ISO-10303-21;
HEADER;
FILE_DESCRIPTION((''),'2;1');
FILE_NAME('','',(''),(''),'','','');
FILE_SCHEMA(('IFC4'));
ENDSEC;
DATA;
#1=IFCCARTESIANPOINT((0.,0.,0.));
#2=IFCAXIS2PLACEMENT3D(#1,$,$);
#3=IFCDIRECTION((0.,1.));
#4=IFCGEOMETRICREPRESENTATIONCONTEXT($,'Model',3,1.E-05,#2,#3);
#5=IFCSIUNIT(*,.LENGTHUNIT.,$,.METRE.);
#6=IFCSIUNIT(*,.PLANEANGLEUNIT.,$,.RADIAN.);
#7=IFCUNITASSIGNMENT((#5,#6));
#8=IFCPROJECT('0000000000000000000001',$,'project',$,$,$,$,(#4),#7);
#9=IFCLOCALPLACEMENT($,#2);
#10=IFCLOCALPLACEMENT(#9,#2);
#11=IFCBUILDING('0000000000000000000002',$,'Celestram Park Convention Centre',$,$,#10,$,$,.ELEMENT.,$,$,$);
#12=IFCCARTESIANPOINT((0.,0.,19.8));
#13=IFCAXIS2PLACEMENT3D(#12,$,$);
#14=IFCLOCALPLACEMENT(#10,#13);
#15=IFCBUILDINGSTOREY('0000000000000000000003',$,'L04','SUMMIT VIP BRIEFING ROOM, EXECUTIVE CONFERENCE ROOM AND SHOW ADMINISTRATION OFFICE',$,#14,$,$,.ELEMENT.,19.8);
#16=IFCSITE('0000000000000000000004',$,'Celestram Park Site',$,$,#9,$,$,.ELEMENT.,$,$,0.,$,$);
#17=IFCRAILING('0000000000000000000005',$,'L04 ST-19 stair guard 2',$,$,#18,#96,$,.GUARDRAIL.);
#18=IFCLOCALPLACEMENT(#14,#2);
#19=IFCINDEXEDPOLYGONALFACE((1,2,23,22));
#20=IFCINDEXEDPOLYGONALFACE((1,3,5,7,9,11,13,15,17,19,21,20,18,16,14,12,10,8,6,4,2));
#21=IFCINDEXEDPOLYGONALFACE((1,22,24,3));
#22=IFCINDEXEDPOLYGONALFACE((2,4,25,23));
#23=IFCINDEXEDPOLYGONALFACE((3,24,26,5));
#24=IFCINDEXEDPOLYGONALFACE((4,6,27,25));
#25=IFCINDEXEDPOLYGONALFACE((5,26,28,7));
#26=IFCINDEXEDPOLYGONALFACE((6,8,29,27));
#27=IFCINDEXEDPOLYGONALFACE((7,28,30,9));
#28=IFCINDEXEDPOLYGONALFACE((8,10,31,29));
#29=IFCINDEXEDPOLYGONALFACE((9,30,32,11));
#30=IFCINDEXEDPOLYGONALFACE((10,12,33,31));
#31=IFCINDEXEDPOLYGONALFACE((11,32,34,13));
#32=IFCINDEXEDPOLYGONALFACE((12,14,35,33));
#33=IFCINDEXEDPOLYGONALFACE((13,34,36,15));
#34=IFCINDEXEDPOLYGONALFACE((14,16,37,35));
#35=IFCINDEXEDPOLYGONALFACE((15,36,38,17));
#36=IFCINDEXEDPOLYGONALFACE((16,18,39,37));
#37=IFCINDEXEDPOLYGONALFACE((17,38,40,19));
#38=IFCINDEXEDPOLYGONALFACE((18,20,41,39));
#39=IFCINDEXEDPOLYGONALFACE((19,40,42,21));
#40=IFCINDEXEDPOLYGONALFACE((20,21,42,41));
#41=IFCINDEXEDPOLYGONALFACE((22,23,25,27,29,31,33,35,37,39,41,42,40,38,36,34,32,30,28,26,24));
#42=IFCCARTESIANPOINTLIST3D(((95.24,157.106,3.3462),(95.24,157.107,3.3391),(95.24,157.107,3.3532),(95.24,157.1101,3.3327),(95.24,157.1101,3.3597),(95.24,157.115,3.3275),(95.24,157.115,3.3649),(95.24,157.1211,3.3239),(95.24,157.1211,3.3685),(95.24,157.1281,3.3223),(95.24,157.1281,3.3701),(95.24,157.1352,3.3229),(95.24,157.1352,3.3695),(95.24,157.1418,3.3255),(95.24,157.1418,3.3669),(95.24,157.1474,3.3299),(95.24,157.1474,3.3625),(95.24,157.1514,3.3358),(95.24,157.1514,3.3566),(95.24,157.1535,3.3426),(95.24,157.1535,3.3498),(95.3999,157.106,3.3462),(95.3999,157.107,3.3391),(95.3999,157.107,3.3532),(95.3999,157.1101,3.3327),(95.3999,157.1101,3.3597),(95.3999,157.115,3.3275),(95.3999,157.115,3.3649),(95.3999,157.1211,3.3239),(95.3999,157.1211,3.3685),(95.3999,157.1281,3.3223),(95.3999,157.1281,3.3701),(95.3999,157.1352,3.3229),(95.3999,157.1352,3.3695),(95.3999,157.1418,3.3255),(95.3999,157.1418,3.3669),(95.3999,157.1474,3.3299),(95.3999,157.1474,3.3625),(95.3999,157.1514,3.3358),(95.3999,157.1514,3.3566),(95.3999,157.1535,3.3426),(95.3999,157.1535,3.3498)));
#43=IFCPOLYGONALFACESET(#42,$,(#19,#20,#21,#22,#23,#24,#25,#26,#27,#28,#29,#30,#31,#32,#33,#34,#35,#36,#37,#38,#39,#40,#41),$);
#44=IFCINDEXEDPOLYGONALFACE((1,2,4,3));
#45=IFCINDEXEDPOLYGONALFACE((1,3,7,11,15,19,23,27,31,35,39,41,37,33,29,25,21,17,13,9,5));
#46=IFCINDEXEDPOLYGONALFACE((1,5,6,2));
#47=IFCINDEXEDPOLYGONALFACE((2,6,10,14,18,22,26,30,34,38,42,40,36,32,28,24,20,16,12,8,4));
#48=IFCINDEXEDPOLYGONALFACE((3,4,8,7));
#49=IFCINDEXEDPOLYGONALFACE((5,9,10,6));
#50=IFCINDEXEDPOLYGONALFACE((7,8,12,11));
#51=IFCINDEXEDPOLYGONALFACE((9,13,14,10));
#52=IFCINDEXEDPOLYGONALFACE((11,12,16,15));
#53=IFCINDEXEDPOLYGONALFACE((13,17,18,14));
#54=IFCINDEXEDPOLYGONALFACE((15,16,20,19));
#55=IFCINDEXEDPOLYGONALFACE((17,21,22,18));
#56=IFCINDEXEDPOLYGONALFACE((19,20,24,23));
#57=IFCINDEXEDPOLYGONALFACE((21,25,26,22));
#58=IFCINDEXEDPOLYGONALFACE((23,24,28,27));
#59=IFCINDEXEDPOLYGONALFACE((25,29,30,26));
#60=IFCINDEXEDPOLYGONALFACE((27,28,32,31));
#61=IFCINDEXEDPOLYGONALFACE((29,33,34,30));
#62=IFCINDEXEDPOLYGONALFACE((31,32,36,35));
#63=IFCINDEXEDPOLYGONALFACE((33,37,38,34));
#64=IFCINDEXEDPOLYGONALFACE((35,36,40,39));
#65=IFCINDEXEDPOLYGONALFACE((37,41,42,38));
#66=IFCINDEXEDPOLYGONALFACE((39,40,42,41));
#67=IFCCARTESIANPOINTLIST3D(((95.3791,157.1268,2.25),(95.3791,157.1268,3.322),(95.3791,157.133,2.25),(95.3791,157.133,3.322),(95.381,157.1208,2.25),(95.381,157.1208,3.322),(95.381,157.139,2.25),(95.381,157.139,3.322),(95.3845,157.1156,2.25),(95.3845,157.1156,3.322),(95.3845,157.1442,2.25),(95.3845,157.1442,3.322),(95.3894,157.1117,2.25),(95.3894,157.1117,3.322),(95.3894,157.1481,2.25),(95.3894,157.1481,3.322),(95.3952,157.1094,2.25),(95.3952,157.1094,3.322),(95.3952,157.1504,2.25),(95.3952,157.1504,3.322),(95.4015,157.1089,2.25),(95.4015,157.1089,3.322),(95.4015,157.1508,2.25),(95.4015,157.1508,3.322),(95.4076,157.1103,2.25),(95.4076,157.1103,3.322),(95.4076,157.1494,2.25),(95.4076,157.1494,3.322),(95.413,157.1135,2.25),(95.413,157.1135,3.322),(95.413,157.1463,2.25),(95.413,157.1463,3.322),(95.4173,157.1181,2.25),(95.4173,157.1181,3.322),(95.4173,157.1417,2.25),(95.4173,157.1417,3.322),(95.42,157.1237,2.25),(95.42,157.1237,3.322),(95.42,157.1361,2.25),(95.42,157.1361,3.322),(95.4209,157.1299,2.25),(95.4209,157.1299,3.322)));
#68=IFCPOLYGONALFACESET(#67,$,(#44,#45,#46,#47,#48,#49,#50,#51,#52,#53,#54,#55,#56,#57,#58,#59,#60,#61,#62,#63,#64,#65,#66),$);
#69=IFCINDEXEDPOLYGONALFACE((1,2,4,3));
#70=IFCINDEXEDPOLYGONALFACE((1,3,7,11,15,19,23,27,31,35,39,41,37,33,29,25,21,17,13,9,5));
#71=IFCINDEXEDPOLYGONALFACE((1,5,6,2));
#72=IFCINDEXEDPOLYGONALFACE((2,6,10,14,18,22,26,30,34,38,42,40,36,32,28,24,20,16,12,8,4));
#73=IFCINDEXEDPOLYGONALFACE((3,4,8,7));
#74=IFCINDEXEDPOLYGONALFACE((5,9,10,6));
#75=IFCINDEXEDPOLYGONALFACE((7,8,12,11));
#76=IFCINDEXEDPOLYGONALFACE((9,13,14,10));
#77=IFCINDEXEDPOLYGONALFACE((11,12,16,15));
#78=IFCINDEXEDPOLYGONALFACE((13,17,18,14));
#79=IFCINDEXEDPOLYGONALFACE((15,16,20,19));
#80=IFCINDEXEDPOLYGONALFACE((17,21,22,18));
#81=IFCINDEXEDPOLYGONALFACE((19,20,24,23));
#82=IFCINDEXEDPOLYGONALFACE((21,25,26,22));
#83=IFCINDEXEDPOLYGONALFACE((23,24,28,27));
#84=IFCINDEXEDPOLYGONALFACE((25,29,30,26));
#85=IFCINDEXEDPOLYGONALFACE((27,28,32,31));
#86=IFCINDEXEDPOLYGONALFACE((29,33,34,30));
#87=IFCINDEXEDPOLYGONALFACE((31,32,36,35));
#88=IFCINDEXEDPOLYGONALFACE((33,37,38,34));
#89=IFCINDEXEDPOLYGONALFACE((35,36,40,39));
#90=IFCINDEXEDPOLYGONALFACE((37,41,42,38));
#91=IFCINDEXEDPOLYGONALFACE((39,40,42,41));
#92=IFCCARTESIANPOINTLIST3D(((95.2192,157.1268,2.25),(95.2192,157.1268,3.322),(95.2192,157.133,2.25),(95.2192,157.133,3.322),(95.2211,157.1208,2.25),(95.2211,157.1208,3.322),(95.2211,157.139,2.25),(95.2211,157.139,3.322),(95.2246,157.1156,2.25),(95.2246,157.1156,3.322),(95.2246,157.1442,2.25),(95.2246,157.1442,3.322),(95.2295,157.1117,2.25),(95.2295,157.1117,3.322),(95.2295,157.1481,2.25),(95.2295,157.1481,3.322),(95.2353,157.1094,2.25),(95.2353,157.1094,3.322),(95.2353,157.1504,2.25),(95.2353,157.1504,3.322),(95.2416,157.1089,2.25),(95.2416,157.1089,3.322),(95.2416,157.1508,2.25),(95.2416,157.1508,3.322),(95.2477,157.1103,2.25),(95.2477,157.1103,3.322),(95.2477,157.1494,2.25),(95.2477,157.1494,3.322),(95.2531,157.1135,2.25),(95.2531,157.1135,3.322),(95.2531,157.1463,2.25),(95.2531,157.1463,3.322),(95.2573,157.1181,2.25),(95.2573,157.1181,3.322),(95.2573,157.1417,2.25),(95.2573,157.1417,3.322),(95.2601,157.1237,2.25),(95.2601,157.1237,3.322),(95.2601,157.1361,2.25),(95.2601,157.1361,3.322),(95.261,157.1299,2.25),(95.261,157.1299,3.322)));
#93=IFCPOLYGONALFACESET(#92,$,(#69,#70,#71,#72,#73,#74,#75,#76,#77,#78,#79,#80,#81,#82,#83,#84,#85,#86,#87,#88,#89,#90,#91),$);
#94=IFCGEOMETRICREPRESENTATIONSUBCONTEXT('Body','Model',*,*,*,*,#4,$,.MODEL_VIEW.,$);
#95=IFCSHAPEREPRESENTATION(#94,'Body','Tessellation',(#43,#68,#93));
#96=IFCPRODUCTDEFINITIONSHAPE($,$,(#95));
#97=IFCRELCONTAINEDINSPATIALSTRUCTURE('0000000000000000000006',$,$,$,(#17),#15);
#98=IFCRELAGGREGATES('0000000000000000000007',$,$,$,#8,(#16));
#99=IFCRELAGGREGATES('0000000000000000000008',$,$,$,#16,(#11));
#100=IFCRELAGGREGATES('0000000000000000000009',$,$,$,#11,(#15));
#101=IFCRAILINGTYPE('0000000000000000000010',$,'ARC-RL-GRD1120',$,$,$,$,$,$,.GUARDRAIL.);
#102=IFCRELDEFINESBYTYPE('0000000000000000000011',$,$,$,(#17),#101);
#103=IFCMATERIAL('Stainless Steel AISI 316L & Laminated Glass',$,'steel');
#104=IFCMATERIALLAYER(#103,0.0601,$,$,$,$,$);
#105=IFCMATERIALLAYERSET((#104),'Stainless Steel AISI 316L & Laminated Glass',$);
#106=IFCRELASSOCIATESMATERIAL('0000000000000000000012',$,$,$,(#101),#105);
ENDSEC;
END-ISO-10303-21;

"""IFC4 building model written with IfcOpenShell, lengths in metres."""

from ifc_helpers import new_model, si_unit, direction, frame, origin, origin_2d, place, context, subcontext, project, spatial, circle, extrude, material, layer, layer_set, type_object, element, save


model = new_model("IFC4")

# Units and contexts
model_context = context("Model", 3, precision=1e-05, world=origin(), true_north=direction((0.0, 1.0)))
body_context = subcontext(model_context, "Body", "Model", "MODEL_VIEW")
ifc_project = project(units=[si_unit("LENGTHUNIT", "METRE"), si_unit("PLANEANGLEUNIT", "RADIAN")], contexts=[model_context])

# Site, building, storey
site_placement = place(None, origin())
site = spatial("IfcSite", under=ifc_project, at=site_placement, Name="Celestram Park Site", CompositionType="ELEMENT", RefElevation=0.0)
building_placement = place(site_placement, origin())
building = spatial("IfcBuilding", under=site, at=building_placement, Name="Celestram Park Convention Centre", CompositionType="ELEMENT")
storey_placement = place(building_placement, frame((0.0, 0.0, 19.8)))
storey = spatial("IfcBuildingStorey", under=building, at=storey_placement, Name="L04", Description="SUMMIT VIP BRIEFING ROOM, EXECUTIVE CONFERENCE ROOM AND SHOW ADMINISTRATION OFFICE", CompositionType="ELEMENT", Elevation=19.8)

# Railing
ifc_material_1 = material(Name="Stainless Steel AISI 316L & Laminated Glass", Category="steel")
ifc_layer_1 = layer(ifc_material_1, 0.0601)
ifc_layer_set_1 = layer_set([ifc_layer_1], Name="Stainless Steel AISI 316L & Laminated Glass")
railing_type_1 = type_object("IfcRailingType", Name="ARC-RL-GRD1120", PredefinedType="GUARDRAIL", material=ifc_layer_set_1)
railing_1_placement = place(storey_placement, frame((95.3999, 157.1299, 2.25)))
element("IfcRailing", 1, at=railing_1_placement, inside=storey, type_object=railing_type_1, Name="L04 ST-19 stair guard 2", PredefinedType="GUARDRAIL", context=body_context, shape_type="SweptSolid", body=[
    extrude(circle(Radius=0.0239, at=origin_2d()), frame((0.0, 0.0, 1.0962), z_axis=(-1.0, 0.0, 0.0), x_axis=(0.0, -1.0, 0.0)), (0.0, 0.0, 1.0), 0.1599),
    extrude(circle(Radius=0.021, at=origin_2d()), origin(), (0.0, 0.0, 1.0), 1.072),
    extrude(circle(Radius=0.021, at=origin_2d()), frame((-0.1599, 0.0, 0.0)), (0.0, 0.0, 1.0), 1.072),
])

save(model, "model.ifc")
